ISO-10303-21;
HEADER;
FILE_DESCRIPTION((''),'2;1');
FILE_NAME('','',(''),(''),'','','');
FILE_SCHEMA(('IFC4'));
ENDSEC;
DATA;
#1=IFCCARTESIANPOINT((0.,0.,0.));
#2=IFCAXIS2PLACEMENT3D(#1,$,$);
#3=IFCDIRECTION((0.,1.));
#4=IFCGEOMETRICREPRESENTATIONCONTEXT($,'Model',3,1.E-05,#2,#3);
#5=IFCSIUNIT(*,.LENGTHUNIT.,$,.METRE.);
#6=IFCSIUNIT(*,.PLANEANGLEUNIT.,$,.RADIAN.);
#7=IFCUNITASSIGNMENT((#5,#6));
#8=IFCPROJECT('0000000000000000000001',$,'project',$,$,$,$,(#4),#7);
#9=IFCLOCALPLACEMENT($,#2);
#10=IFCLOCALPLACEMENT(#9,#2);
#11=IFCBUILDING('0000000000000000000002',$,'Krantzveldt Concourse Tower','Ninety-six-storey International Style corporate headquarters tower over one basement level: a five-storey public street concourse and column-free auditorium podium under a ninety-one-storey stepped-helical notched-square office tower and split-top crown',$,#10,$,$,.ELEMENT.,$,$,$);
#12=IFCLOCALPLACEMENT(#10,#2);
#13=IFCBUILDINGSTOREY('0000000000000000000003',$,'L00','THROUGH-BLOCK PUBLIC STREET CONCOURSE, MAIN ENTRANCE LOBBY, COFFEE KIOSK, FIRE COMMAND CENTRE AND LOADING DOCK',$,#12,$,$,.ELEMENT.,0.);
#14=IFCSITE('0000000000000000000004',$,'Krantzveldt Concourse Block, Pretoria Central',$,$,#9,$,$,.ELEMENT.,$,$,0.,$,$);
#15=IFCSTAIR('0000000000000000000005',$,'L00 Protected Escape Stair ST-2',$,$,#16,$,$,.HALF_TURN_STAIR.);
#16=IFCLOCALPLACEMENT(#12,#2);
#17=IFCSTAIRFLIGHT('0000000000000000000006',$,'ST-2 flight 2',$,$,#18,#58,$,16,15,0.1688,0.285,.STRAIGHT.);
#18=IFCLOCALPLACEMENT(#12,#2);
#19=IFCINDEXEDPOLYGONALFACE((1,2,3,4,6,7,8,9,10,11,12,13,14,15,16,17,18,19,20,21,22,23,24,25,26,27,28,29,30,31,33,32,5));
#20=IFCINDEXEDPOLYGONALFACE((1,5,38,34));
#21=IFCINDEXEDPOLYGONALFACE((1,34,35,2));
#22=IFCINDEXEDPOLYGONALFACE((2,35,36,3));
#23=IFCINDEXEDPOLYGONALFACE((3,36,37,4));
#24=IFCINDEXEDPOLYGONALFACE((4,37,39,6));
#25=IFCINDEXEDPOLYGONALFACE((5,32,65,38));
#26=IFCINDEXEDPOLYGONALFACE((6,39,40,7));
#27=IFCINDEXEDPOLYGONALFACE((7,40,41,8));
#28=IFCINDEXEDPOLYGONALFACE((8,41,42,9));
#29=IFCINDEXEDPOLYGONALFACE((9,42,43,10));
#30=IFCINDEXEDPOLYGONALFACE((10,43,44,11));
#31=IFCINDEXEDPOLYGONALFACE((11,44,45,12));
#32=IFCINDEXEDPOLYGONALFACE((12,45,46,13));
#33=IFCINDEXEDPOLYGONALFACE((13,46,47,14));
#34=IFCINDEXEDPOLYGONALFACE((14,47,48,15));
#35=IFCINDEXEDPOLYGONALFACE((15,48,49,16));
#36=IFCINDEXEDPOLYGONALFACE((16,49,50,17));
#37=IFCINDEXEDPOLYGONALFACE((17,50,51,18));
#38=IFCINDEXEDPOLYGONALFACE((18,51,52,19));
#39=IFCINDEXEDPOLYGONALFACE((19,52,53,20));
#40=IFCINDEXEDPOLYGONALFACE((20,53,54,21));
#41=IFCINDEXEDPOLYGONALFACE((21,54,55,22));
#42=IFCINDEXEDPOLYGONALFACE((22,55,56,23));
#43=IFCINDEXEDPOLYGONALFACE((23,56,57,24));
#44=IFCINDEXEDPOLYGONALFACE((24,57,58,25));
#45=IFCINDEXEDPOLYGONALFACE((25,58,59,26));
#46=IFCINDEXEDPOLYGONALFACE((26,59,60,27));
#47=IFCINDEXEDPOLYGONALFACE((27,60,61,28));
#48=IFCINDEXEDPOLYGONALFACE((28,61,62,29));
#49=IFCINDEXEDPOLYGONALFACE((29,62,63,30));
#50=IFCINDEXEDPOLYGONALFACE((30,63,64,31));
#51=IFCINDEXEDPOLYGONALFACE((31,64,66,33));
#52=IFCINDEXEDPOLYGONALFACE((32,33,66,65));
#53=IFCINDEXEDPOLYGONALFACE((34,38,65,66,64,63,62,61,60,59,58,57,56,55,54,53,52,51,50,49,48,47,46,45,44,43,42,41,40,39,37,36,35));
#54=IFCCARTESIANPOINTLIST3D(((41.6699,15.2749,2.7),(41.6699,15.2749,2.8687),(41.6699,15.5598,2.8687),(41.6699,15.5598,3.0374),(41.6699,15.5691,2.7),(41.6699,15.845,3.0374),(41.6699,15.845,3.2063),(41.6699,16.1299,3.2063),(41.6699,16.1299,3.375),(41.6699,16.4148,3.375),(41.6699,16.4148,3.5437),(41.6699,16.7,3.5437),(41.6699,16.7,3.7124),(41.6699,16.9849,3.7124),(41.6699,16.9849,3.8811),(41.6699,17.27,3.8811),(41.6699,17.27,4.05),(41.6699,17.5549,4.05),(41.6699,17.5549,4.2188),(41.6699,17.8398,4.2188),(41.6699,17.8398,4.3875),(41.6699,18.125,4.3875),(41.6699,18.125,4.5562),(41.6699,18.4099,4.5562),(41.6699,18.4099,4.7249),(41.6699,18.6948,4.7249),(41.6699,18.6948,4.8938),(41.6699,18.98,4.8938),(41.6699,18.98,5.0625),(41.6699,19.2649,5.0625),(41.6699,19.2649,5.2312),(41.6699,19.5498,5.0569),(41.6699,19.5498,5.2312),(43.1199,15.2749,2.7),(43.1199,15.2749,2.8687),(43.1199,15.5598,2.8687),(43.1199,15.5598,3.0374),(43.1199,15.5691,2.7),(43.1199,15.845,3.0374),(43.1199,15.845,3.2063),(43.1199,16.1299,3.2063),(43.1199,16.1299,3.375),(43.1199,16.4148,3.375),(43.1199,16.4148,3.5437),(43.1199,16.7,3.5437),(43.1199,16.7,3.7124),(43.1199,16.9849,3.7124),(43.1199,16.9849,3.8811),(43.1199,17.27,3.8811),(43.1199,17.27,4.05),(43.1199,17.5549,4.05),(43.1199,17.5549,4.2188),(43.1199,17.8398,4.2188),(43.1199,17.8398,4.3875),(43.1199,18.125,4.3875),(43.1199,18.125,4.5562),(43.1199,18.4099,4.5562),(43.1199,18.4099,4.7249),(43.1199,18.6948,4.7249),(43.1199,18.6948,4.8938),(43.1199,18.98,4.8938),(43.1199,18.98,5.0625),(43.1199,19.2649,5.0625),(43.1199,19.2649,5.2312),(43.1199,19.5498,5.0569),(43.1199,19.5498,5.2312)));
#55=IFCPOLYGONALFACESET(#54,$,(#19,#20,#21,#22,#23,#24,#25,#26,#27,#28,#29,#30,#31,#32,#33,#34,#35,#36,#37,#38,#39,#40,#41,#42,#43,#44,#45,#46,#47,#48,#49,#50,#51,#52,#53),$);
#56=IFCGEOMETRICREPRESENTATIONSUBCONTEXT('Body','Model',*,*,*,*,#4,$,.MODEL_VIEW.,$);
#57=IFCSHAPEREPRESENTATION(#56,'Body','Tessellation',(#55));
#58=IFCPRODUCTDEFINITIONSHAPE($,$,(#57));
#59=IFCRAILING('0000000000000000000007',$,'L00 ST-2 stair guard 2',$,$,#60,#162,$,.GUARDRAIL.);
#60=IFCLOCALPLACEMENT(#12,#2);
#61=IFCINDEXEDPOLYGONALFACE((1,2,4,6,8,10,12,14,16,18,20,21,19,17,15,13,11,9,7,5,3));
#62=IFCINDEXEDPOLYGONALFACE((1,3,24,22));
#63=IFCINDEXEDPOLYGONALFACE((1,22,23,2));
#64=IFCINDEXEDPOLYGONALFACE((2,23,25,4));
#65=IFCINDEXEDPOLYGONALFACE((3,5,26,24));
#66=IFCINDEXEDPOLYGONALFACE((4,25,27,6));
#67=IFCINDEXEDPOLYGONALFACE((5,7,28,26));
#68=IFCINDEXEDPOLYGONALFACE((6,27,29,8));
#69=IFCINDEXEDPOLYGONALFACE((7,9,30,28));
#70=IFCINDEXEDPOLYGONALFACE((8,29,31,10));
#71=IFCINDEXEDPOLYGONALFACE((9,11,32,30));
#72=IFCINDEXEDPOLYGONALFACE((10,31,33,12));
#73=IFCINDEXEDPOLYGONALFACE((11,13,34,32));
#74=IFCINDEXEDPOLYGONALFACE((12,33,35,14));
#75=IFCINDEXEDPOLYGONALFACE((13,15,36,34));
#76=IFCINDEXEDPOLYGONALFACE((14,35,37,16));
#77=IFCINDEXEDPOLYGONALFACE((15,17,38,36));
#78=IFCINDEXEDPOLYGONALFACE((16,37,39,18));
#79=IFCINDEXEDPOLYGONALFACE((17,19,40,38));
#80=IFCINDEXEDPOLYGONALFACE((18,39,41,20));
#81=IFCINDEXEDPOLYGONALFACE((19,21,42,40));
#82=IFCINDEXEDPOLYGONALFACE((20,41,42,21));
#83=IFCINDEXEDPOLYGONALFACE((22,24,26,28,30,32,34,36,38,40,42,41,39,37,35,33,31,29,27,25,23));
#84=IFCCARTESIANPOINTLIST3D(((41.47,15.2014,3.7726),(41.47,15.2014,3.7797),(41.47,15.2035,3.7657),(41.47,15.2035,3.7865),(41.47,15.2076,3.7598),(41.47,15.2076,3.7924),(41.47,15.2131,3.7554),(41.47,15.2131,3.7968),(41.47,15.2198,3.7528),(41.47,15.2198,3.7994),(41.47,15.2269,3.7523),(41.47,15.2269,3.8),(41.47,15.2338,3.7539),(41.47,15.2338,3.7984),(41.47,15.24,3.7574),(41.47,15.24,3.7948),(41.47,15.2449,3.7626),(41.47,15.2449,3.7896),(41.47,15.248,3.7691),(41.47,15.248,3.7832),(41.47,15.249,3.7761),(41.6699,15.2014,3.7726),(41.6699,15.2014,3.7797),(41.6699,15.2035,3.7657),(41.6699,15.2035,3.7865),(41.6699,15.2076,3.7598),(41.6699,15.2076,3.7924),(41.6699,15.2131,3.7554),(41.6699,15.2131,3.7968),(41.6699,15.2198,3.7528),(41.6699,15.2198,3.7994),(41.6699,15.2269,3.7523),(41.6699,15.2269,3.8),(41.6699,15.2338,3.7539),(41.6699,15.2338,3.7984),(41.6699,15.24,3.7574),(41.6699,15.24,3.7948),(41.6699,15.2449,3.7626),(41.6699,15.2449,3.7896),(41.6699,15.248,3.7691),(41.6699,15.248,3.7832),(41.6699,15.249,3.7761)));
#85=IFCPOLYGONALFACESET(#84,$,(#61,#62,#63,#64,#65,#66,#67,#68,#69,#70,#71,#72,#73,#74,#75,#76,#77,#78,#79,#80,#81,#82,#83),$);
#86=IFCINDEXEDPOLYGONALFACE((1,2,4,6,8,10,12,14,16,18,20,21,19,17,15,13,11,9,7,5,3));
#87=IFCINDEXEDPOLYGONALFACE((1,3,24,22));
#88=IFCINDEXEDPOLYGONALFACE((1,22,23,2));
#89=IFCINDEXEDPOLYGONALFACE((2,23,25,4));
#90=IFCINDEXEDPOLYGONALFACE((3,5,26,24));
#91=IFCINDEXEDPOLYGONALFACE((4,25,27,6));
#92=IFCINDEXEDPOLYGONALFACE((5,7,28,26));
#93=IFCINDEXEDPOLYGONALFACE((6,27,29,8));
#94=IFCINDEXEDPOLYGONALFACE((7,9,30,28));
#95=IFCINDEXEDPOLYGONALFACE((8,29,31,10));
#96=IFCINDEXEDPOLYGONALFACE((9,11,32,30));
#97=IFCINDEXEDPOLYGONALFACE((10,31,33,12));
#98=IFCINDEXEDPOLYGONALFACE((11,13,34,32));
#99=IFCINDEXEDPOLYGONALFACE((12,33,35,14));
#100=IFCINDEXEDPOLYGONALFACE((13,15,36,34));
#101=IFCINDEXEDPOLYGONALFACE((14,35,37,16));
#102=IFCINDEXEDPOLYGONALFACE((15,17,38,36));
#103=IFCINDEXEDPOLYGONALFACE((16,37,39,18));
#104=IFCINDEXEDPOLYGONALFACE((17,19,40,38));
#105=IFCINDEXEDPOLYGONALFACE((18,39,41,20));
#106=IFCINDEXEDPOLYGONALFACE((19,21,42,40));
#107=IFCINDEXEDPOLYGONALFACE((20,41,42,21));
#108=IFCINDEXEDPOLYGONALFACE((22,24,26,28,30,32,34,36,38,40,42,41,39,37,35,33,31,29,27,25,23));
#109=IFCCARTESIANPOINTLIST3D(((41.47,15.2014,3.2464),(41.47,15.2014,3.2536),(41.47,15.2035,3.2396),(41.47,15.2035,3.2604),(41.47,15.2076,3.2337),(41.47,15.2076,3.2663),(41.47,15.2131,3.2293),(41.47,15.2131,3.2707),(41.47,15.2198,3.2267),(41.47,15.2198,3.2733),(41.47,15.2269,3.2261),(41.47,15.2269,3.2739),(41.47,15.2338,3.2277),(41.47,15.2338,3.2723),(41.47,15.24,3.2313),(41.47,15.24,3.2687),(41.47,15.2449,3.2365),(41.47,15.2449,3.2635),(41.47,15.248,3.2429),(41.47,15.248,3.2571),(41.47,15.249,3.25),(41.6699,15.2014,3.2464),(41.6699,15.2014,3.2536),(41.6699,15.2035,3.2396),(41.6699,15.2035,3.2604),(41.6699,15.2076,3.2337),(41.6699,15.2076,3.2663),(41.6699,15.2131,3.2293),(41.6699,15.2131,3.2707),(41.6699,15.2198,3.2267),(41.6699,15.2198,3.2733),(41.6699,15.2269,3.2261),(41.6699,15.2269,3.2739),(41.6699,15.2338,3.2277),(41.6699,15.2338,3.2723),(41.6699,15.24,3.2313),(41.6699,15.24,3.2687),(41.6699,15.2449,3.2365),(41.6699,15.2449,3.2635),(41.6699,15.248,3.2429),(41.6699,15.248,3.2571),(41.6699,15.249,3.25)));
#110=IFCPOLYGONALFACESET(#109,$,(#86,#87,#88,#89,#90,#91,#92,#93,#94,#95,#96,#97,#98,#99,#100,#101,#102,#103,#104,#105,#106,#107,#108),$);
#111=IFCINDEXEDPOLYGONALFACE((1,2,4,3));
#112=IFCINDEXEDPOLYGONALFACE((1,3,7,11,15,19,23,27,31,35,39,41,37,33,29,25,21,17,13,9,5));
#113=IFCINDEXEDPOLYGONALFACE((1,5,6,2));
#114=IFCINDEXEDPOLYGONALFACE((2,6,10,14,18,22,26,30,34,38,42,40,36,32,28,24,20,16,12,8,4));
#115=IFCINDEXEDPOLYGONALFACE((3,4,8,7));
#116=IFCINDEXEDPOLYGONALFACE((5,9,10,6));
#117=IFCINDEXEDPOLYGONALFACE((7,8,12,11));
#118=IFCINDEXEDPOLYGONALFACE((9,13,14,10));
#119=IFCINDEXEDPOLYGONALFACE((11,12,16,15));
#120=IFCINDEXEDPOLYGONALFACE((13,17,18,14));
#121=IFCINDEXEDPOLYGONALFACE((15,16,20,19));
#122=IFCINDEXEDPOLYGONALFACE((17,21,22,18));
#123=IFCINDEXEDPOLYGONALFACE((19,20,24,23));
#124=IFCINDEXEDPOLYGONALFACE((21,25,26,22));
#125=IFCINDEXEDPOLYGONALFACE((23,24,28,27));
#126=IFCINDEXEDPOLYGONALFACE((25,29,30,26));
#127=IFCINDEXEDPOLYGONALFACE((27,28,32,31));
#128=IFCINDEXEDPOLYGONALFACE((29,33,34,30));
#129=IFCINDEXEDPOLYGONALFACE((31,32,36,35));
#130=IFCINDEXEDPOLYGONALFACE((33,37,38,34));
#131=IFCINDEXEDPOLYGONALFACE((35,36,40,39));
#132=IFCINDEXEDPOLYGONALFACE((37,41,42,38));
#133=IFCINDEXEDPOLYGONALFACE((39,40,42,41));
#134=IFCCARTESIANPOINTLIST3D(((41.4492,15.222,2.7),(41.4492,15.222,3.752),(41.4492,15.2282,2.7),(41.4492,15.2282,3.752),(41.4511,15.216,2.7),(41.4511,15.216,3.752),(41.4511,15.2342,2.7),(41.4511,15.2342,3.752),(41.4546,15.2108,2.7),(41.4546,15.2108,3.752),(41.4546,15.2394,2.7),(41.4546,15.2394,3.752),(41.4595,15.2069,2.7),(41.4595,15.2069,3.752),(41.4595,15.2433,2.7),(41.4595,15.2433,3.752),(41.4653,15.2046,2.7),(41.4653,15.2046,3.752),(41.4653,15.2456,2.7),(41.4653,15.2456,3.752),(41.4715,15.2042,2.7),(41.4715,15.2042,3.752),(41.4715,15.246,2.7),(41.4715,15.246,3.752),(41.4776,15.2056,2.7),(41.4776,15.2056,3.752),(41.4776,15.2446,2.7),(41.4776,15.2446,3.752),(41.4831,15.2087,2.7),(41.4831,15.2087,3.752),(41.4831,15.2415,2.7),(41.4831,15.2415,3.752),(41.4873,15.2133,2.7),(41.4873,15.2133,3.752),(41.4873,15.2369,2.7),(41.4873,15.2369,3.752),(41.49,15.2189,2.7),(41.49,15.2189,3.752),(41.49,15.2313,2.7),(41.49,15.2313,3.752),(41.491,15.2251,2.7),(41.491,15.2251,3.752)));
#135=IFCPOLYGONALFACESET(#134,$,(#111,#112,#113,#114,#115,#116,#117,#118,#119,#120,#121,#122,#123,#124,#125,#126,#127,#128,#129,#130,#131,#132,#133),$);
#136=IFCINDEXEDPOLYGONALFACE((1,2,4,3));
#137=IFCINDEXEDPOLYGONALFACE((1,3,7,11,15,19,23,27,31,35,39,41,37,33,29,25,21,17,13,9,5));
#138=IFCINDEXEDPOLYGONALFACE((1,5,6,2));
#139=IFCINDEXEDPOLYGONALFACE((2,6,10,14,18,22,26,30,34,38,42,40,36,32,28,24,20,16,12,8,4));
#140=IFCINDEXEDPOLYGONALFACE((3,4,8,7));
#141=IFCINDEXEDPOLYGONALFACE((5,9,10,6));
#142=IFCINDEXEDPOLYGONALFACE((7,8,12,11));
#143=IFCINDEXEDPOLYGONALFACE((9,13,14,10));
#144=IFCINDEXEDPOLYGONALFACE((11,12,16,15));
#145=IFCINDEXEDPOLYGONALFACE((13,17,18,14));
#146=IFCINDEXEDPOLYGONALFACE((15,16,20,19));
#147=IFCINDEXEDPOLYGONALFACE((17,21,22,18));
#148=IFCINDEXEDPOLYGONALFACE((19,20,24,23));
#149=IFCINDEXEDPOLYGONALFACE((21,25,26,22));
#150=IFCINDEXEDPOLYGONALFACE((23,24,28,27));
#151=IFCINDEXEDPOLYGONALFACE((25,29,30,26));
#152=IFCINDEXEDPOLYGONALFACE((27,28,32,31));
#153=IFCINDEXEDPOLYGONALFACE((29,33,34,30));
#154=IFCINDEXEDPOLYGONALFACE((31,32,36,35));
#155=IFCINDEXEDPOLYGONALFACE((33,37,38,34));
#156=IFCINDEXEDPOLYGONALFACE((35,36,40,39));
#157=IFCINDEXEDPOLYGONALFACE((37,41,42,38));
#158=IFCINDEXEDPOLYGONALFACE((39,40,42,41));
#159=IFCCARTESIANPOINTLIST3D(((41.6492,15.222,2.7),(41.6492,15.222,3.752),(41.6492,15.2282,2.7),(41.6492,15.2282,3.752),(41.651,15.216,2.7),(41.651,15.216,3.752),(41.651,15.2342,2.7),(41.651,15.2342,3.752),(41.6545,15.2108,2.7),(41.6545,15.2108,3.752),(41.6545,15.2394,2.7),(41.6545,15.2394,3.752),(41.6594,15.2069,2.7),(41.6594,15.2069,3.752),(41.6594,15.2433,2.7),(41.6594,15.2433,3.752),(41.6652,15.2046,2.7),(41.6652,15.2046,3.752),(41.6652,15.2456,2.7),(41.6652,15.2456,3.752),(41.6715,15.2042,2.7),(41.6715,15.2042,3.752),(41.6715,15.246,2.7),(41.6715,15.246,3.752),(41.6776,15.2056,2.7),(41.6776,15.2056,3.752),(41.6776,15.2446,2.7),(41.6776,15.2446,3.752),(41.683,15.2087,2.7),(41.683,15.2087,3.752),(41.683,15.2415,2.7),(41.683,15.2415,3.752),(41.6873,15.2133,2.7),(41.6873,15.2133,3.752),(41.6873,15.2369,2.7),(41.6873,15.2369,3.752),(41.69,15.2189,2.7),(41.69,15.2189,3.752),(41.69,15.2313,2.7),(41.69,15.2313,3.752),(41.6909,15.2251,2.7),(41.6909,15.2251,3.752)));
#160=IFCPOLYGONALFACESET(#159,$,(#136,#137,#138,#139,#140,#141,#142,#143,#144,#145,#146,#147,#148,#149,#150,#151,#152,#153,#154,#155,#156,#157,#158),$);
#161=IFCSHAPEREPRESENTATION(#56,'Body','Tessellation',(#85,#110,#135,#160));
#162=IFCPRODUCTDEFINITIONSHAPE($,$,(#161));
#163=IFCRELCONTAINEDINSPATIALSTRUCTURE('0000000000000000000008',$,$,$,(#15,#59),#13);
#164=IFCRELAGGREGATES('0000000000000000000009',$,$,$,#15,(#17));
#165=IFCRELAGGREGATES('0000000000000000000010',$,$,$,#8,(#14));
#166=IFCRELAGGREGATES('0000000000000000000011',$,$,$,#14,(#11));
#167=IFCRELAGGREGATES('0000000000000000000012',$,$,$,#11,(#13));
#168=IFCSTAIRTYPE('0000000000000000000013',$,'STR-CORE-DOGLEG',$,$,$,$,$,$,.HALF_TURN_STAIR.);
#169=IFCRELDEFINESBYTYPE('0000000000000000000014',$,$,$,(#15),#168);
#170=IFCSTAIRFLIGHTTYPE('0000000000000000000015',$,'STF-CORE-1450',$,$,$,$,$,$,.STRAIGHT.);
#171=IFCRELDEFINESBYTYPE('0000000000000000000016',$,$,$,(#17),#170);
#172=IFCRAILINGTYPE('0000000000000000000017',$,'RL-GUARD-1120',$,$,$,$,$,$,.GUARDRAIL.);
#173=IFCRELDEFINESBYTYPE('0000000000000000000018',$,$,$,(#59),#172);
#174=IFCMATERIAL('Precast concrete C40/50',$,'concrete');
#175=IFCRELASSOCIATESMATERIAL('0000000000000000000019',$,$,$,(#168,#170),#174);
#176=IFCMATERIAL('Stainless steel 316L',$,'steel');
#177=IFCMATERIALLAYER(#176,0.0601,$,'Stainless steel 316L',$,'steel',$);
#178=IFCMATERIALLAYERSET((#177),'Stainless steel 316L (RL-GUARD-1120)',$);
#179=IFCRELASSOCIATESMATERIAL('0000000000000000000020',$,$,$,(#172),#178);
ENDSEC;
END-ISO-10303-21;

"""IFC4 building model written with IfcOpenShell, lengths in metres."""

from ifc_helpers import new_model, si_unit, direction, frame, origin, origin_2d, place, context, subcontext, project, spatial, polyline, circle, outline, extrude, material, layer, layer_set, type_object, element, aggregate, save


model = new_model("IFC4")

# Units and contexts
model_context = context("Model", 3, precision=1e-05, world=origin(), true_north=direction((0.0, 1.0)))
body_context = subcontext(model_context, "Body", "Model", "MODEL_VIEW")
ifc_project = project(units=[si_unit("LENGTHUNIT", "METRE"), si_unit("PLANEANGLEUNIT", "RADIAN")], contexts=[model_context])

# Site, building, storey
site_placement = place(None, origin())
site = spatial("IfcSite", under=ifc_project, at=site_placement, Name="Krantzveldt Concourse Block, Pretoria Central", CompositionType="ELEMENT", RefElevation=0.0)
building_placement = place(site_placement, origin())
building = spatial("IfcBuilding", under=site, at=building_placement, Name="Krantzveldt Concourse Tower", Description="Ninety-six-storey International Style corporate headquarters tower over one basement level: a five-storey public street concourse and column-free auditorium podium under a ninety-one-storey stepped-helical notched-square office tower and split-top crown", CompositionType="ELEMENT")
storey_placement = place(building_placement, origin())
storey = spatial("IfcBuildingStorey", under=building, at=storey_placement, Name="L00", Description="THROUGH-BLOCK PUBLIC STREET CONCOURSE, MAIN ENTRANCE LOBBY, COFFEE KIOSK, FIRE COMMAND CENTRE AND LOADING DOCK", CompositionType="ELEMENT", Elevation=0.0)

# Stair, stair flight
ifc_material_1 = material(Name="Precast concrete C40/50", Category="concrete")
stair_type = type_object("IfcStairType", Name="STR-CORE-DOGLEG", PredefinedType="HALF_TURN_STAIR", material=ifc_material_1)
stair_placement = place(storey_placement, origin())
stair = element("IfcStair", 1, at=stair_placement, inside=storey, type_object=stair_type, Name="L00 Protected Escape Stair ST-2", PredefinedType="HALF_TURN_STAIR")
stair_flight_type = type_object("IfcStairFlightType", Name="STF-CORE-1450", PredefinedType="STRAIGHT", material=ifc_material_1)
stair_flight_1_placement = place(storey_placement, frame((42.395, 15.2749, 2.7), z_axis=(0.0, 0.0, 1.0), x_axis=(0.0, 1.0, 0.0)))
stair_flight_1 = element("IfcStairFlight", 2, at=stair_flight_1_placement, type_object=stair_flight_type, Name="ST-2 flight 2", NumberOfRisers=16, NumberOfTreads=15, PredefinedType="STRAIGHT", RiserHeight=0.1688, TreadLength=0.285, context=body_context, shape_type="SweptSolid", body=[
    extrude(outline(polyline([(0.0, 0.0), (0.0, 0.1687), (0.2849, 0.1687), (0.2849, 0.3374), (0.5701, 0.3374), (0.5701, 0.5063), (0.855, 0.5063), (0.855, 0.675), (1.1399, 0.675), (1.1399, 0.8438), (1.425, 0.8438), (1.425, 1.0125), (1.71, 1.0125), (1.71, 1.1812), (1.9951, 1.1812), (1.9951, 1.3501), (2.28, 1.3501), (2.28, 1.5188), (2.5649, 1.5188), (2.5649, 1.6875), (2.8501, 1.6875), (2.8501, 1.8562), (3.135, 1.8562), (3.135, 2.0249), (3.4199, 2.0249), (3.4199, 2.1938), (3.7051, 2.1938), (3.7051, 2.3625), (3.99, 2.3625), (3.99, 2.5312), (4.2749, 2.5312), (4.2749, 2.7), (4.2749, 2.3569), (0.2942, 0.0), (0.0, 0.0)])), frame((0.0, 0.7251, 0.0), z_axis=(0.0, -1.0, 0.0), x_axis=(1.0, 0.0, 0.0)), (0.0, 0.0, 1.0), 1.45),
])
aggregate(stair, [stair_flight_1])

# Railing
ifc_material_2 = material(Name="Stainless steel 316L", Category="steel")
ifc_layer_1 = layer(ifc_material_2, 0.0601, Name="Stainless steel 316L", Category="steel")
ifc_layer_set_1 = layer_set([ifc_layer_1], Name="Stainless steel 316L (RL-GUARD-1120)")
railing_type_1 = type_object("IfcRailingType", Name="RL-GUARD-1120", PredefinedType="GUARDRAIL", material=ifc_layer_set_1)
railing_1_placement = place(storey_placement, frame((41.47, 15.2251, 2.7)))
element("IfcRailing", 3, at=railing_1_placement, inside=storey, type_object=railing_type_1, Name="L00 ST-2 stair guard 2", PredefinedType="GUARDRAIL", context=body_context, shape_type="SweptSolid", body=[
    extrude(circle(Radius=0.0239, at=origin_2d()), frame((0.0, 0.0, 1.0762), z_axis=(1.0, 0.0, 0.0), x_axis=(0.0, 1.0, 0.0)), (0.0, 0.0, 1.0), 0.2),
    extrude(circle(Radius=0.0239, at=origin_2d()), frame((0.0, 0.0, 0.55), z_axis=(1.0, 0.0, 0.0), x_axis=(0.0, 1.0, 0.0)), (0.0, 0.0, 1.0), 0.2),
    extrude(circle(Radius=0.021, at=origin_2d()), origin(), (0.0, 0.0, 1.0), 1.052),
    extrude(circle(Radius=0.021, at=origin_2d()), frame((0.2, 0.0, 0.0)), (0.0, 0.0, 1.0), 1.052),
])

save(model, "model.ifc")
